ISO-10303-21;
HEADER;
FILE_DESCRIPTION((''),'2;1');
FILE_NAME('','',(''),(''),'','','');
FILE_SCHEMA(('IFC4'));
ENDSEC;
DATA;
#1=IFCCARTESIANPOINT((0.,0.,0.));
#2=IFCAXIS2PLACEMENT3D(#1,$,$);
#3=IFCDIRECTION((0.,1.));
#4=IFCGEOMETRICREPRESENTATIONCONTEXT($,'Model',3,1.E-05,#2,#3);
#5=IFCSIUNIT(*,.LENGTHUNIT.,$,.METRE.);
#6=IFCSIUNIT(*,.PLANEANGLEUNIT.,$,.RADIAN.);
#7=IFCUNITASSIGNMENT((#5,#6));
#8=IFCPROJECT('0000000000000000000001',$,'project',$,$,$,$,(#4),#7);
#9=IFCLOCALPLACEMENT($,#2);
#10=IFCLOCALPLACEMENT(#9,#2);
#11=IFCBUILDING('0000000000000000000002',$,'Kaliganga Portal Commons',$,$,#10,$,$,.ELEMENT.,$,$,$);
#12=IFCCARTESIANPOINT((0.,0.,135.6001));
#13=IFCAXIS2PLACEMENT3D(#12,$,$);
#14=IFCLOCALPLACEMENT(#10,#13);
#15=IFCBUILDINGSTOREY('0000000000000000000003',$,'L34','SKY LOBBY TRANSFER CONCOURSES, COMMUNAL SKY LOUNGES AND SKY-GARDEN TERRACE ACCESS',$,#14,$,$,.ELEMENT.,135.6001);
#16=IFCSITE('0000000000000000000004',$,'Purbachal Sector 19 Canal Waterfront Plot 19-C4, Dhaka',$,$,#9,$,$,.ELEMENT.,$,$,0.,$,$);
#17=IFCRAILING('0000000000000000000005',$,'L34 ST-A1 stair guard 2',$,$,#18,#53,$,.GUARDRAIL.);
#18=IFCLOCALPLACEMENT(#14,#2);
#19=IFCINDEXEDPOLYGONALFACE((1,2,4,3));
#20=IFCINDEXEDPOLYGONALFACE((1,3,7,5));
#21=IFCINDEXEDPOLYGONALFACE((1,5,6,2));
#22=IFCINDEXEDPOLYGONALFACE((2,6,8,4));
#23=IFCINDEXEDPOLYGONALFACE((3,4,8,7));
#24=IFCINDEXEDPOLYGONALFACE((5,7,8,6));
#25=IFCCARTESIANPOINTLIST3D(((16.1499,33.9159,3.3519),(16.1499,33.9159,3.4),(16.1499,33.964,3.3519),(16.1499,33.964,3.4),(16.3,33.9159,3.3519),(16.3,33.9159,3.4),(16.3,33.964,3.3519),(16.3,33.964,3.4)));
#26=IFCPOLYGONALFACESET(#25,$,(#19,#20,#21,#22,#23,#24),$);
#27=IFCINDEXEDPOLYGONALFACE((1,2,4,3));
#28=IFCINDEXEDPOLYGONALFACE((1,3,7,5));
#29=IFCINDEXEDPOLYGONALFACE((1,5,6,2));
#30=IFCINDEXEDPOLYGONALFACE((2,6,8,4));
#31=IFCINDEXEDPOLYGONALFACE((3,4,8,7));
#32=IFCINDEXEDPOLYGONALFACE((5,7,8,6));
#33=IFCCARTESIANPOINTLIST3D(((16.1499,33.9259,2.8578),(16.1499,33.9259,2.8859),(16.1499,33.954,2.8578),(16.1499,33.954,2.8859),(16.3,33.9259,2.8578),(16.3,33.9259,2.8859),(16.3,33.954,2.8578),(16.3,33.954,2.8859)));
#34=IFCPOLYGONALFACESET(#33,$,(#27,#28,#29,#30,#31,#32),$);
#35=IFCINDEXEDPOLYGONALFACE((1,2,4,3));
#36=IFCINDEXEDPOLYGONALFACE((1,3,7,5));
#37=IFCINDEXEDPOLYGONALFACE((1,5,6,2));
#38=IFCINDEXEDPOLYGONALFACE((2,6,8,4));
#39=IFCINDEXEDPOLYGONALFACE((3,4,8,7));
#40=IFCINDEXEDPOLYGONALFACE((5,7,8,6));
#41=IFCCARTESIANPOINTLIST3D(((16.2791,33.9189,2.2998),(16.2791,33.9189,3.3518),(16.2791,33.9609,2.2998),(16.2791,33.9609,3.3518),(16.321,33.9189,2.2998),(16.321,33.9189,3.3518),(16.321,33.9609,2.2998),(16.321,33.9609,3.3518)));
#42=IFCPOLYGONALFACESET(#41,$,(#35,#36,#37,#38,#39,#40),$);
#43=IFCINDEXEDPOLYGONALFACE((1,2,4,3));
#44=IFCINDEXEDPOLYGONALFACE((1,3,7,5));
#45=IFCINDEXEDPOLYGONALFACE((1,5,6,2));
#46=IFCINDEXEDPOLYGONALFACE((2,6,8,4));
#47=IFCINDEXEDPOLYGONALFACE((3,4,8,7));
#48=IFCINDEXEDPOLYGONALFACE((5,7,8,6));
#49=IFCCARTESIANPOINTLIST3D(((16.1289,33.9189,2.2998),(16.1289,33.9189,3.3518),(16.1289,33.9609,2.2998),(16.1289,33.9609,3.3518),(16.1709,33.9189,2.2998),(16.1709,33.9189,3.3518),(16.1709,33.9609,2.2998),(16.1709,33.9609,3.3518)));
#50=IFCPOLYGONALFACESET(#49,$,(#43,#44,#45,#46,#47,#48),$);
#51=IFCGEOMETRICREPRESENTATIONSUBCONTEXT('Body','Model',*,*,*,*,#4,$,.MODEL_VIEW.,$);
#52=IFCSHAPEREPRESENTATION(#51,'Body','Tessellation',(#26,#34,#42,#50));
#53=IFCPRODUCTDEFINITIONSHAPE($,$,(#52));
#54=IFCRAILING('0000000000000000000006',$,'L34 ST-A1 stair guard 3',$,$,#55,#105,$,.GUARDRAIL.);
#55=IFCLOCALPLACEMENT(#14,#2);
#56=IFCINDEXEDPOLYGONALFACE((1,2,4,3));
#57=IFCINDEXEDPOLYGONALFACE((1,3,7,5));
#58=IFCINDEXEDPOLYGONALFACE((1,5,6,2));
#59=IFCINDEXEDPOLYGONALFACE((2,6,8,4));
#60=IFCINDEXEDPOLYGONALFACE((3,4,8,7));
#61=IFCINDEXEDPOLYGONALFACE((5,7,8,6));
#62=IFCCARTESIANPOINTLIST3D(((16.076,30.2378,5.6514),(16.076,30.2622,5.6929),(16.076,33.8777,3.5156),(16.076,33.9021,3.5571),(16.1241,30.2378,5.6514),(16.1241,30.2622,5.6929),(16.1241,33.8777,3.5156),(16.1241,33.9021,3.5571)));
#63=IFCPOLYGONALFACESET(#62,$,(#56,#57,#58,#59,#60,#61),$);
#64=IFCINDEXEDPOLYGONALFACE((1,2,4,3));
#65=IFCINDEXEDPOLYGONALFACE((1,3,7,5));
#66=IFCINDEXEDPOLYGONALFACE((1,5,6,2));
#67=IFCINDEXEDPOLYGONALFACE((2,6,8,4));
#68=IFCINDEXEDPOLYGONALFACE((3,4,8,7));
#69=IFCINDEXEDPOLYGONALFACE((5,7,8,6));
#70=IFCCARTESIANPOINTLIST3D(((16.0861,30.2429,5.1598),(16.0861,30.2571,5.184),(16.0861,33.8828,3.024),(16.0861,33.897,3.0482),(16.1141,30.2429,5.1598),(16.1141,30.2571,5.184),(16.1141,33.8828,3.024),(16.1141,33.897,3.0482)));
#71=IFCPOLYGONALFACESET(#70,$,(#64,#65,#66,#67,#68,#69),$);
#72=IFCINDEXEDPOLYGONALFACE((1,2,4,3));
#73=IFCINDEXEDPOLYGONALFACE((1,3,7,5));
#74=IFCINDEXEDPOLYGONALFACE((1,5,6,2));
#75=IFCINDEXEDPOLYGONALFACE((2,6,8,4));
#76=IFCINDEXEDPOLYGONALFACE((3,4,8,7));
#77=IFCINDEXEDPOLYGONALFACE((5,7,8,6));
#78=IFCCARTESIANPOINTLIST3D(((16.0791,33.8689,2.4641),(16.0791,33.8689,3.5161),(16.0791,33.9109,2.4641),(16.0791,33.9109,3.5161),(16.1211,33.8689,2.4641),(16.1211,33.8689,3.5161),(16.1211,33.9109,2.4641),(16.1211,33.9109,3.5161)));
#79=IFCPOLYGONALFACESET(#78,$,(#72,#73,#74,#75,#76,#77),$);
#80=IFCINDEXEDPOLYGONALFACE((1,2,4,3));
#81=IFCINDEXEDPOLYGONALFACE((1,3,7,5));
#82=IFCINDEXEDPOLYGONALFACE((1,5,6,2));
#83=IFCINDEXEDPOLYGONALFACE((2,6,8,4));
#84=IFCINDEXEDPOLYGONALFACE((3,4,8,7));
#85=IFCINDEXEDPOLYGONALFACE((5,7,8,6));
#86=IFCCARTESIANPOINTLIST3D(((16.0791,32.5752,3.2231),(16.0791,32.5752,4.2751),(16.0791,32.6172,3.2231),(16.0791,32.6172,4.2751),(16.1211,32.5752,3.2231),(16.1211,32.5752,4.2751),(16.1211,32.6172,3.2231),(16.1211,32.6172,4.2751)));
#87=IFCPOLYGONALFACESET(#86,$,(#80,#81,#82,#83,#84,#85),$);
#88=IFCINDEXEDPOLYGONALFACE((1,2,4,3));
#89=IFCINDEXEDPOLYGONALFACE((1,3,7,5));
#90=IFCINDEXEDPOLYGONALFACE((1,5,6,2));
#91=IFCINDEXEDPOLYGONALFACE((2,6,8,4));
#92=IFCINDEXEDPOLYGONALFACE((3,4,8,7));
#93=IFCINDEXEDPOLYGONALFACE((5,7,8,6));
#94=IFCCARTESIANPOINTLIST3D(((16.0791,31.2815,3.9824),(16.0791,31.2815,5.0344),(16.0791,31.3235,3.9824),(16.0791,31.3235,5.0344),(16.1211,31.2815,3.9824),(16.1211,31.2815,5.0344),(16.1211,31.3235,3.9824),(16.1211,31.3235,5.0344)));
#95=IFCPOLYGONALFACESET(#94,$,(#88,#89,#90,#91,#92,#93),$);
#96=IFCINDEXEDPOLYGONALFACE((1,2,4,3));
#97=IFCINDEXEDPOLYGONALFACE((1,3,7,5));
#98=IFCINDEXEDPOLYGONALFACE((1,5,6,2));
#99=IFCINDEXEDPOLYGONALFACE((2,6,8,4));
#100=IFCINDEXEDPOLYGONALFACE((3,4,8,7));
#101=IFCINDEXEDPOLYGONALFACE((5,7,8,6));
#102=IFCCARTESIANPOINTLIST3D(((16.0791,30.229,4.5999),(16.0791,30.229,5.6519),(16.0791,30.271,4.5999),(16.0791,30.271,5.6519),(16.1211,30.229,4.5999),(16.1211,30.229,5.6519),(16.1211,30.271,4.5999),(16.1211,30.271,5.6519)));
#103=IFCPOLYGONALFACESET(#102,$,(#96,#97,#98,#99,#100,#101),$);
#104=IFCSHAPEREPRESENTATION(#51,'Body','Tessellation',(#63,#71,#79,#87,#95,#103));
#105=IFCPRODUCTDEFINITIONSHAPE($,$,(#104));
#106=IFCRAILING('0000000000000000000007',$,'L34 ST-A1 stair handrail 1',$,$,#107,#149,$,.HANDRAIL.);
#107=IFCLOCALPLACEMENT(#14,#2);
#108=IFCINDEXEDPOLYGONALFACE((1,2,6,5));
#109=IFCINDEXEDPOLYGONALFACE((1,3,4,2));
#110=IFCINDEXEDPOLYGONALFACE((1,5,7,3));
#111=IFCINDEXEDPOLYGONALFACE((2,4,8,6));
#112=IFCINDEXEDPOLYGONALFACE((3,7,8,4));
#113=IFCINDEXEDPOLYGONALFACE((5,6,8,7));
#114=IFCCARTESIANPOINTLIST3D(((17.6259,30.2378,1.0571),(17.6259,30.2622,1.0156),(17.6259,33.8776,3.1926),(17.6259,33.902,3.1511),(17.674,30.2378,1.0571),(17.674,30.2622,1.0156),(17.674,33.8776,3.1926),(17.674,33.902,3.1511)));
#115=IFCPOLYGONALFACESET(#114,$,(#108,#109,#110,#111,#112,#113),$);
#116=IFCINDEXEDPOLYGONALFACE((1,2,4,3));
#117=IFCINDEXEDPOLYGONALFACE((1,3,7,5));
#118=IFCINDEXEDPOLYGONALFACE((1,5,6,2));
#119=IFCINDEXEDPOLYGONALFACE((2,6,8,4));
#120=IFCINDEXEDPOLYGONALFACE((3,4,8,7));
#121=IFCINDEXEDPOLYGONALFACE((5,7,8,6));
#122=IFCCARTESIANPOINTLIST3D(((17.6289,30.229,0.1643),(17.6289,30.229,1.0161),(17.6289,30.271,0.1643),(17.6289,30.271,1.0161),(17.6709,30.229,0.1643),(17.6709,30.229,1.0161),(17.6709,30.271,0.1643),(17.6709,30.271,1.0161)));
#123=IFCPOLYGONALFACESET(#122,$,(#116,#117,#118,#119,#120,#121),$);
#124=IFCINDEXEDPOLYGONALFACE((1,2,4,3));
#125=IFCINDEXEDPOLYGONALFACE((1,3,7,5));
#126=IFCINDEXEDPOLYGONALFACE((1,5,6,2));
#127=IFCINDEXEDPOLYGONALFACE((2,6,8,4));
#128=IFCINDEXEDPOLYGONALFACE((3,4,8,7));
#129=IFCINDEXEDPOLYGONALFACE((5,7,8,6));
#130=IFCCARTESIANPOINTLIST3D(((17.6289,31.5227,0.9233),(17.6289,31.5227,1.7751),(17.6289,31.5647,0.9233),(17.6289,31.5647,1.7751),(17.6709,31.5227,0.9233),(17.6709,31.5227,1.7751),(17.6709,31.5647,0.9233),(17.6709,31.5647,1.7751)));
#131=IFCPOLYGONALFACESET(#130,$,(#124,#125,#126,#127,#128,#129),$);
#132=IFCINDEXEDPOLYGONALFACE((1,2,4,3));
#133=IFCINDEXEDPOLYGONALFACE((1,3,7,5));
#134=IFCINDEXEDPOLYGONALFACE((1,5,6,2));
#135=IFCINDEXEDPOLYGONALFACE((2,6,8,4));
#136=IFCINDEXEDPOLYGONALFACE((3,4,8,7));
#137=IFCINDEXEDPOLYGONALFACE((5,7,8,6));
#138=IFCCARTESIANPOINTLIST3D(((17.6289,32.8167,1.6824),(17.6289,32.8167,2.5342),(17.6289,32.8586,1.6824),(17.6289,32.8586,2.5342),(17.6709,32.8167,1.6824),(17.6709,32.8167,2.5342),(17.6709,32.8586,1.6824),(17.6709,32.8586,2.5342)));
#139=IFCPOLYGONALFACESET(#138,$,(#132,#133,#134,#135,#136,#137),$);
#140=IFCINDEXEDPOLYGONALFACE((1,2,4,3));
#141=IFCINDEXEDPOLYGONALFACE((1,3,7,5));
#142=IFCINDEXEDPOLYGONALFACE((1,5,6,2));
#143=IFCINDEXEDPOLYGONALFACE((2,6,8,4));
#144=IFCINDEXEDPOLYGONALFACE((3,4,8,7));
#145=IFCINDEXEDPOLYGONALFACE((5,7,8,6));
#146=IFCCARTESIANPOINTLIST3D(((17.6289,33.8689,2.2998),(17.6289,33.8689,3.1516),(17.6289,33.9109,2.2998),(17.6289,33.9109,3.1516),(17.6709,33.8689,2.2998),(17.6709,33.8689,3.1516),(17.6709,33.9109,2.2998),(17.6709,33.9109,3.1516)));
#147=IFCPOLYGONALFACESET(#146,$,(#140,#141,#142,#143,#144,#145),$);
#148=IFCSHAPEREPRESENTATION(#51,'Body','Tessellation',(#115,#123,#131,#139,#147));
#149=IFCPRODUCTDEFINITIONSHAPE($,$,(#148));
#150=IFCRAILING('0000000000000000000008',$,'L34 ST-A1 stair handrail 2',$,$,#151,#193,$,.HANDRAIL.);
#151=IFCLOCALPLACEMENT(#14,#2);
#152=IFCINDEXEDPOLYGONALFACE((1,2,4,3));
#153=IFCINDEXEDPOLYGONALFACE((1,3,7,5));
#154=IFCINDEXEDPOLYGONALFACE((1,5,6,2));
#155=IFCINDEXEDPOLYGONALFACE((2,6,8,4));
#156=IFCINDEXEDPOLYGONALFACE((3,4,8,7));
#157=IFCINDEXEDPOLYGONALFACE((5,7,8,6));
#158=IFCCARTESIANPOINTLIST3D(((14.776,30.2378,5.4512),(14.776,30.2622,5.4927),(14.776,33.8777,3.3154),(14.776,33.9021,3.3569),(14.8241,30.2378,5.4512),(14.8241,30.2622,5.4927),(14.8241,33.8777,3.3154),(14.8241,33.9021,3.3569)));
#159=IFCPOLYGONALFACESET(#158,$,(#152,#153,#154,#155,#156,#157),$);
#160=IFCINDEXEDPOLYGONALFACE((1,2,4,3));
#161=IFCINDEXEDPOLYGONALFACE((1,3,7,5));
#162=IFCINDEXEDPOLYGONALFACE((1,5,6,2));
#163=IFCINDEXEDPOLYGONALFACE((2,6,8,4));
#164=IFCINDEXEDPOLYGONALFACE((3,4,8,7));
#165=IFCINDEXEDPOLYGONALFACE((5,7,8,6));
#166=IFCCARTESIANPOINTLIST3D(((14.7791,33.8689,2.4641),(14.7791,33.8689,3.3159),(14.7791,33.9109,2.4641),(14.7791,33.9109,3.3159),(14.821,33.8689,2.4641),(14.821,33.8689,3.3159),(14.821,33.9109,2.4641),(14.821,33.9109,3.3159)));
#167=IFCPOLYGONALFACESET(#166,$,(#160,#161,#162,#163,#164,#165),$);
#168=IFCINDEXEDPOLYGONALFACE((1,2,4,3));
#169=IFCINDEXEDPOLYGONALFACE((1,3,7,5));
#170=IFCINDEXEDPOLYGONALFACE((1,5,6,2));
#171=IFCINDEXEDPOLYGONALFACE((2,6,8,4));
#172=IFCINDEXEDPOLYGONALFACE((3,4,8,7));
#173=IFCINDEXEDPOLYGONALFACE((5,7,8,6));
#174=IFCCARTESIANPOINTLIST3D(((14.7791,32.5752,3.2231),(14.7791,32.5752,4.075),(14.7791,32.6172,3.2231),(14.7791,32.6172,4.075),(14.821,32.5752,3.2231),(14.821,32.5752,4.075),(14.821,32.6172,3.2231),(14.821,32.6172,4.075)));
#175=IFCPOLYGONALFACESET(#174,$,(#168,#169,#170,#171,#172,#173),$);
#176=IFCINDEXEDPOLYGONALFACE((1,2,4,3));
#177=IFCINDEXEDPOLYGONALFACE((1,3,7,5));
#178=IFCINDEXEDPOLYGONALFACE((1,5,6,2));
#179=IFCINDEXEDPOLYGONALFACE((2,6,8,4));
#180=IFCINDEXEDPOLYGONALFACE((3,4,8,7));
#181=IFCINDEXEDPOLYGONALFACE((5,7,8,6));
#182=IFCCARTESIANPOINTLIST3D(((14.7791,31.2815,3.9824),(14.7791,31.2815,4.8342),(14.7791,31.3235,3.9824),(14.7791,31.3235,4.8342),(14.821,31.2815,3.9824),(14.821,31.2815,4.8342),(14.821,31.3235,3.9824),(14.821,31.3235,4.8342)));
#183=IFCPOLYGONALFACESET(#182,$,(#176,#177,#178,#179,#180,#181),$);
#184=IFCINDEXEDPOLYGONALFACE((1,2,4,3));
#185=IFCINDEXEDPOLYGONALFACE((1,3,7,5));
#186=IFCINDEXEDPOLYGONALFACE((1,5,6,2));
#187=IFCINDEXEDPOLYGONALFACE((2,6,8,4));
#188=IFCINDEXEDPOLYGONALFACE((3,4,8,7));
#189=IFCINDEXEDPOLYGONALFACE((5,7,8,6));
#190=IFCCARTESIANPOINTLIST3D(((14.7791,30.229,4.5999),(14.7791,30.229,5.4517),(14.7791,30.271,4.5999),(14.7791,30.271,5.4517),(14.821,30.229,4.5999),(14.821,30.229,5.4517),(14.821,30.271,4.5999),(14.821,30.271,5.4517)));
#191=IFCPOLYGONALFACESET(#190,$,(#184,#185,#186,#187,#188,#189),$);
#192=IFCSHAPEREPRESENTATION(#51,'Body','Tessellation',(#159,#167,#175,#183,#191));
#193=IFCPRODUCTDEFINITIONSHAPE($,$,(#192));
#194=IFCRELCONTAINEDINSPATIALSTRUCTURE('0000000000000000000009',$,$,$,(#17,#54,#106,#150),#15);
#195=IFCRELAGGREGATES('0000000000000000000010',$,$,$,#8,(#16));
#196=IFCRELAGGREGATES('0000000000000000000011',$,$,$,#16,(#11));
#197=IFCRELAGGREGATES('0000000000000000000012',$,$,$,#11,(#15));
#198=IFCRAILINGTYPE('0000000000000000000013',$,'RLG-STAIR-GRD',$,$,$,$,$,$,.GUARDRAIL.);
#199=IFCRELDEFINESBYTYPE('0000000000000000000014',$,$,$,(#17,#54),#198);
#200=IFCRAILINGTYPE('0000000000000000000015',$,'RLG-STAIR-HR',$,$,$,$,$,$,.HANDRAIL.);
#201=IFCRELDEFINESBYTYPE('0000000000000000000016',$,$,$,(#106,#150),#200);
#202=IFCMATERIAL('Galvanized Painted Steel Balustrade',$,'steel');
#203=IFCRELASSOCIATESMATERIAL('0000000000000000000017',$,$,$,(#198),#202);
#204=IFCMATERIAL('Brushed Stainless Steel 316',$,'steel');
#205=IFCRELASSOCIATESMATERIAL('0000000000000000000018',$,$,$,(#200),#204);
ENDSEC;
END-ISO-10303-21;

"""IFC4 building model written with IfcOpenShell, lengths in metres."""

from ifc_helpers import new_model, si_unit, direction, frame, origin, origin_2d, place, context, subcontext, project, spatial, rectangle, extrude, material, type_object, element, save


model = new_model("IFC4")

# Units and contexts
model_context = context("Model", 3, precision=1e-05, world=origin(), true_north=direction((0.0, 1.0)))
body_context = subcontext(model_context, "Body", "Model", "MODEL_VIEW")
ifc_project = project(units=[si_unit("LENGTHUNIT", "METRE"), si_unit("PLANEANGLEUNIT", "RADIAN")], contexts=[model_context])

# Site, building, storey
site_placement = place(None, origin())
site = spatial("IfcSite", under=ifc_project, at=site_placement, Name="Purbachal Sector 19 Canal Waterfront Plot 19-C4, Dhaka", CompositionType="ELEMENT", RefElevation=0.0)
building_placement = place(site_placement, origin())
building = spatial("IfcBuilding", under=site, at=building_placement, Name="Kaliganga Portal Commons", CompositionType="ELEMENT")
storey_placement = place(building_placement, frame((0.0, 0.0, 135.6001)))
storey = spatial("IfcBuildingStorey", under=building, at=storey_placement, Name="L34", Description="SKY LOBBY TRANSFER CONCOURSES, COMMUNAL SKY LOUNGES AND SKY-GARDEN TERRACE ACCESS", CompositionType="ELEMENT", Elevation=135.6001)

# Railings
ifc_material_1 = material(Name="Galvanized Painted Steel Balustrade", Category="steel")
railing_type_1 = type_object("IfcRailingType", Name="RLG-STAIR-GRD", PredefinedType="GUARDRAIL", material=ifc_material_1)
railing_1_placement = place(storey_placement, frame((16.3, 33.9399, 2.2998)))
element("IfcRailing", 1, at=railing_1_placement, inside=storey, type_object=railing_type_1, Name="L34 ST-A1 stair guard 2", PredefinedType="GUARDRAIL", context=body_context, shape_type="SweptSolid", body=[
    extrude(rectangle(XDim=0.0481, YDim=0.0481, at=origin_2d()), frame((0.0, 0.0, 1.0762), z_axis=(-1.0, 0.0, 0.0), x_axis=(0.0, -1.0, 0.0)), (0.0, 0.0, 1.0), 0.1501),
    extrude(rectangle(XDim=0.0281, YDim=0.0281, at=origin_2d()), frame((0.0, 0.0, 0.572), z_axis=(-1.0, 0.0, 0.0), x_axis=(0.0, -1.0, 0.0)), (0.0, 0.0, 1.0), 0.1501),
    extrude(rectangle(XDim=0.042, YDim=0.042, at=origin_2d()), origin(), (0.0, 0.0, 1.0), 1.052),
    extrude(rectangle(XDim=0.042, YDim=0.042, at=origin_2d()), frame((-0.1501, 0.0, 0.0)), (0.0, 0.0, 1.0), 1.052),
])
railing_2_placement = place(storey_placement, frame((16.1001, 33.8899, 2.4641)))
element("IfcRailing", 2, at=railing_2_placement, inside=storey, type_object=railing_type_1, Name="L34 ST-A1 stair guard 3", PredefinedType="GUARDRAIL", context=body_context, shape_type="SweptSolid", body=[
    extrude(rectangle(XDim=0.0481, YDim=0.0481, at=origin_2d()), frame((0.0, 0.0, 1.0723), z_axis=(0.0, -0.86249, 0.506074), x_axis=(1.0, 0.0, 0.0)), (0.0, 0.0, 1.0), 4.2202),
    extrude(rectangle(XDim=0.0281, YDim=0.0281, at=origin_2d()), frame((0.0, 0.0, 0.572), z_axis=(0.0, -0.86249, 0.506074), x_axis=(1.0, 0.0, 0.0)), (0.0, 0.0, 1.0), 4.2202),
    extrude(rectangle(XDim=0.042, YDim=0.042, at=origin_2d()), origin(), (0.0, 0.0, 1.0), 1.052),
    extrude(rectangle(XDim=0.042, YDim=0.042, at=origin_2d()), frame((0.0, -1.2937, 0.759)), (0.0, 0.0, 1.0), 1.052),
    extrude(rectangle(XDim=0.042, YDim=0.042, at=origin_2d()), frame((0.0, -2.5874, 1.5183)), (0.0, 0.0, 1.0), 1.052),
    extrude(rectangle(XDim=0.042, YDim=0.042, at=origin_2d()), frame((0.0, -3.6399, 2.1357)), (0.0, 0.0, 1.0), 1.052),
])
ifc_material_2 = material(Name="Brushed Stainless Steel 316", Category="steel")
railing_type_2 = type_object("IfcRailingType", Name="RLG-STAIR-HR", PredefinedType="HANDRAIL", material=ifc_material_2)
railing_3_placement = place(storey_placement, frame((17.6499, 30.25, 0.1643)))
element("IfcRailing", 3, at=railing_3_placement, inside=storey, type_object=railing_type_2, Name="L34 ST-A1 stair handrail 1", PredefinedType="HANDRAIL", context=body_context, shape_type="SweptSolid", body=[
    extrude(rectangle(XDim=0.0481, YDim=0.0481, at=origin_2d()), frame((0.0, 0.0, 0.8721), z_axis=(0.0, 0.862515, 0.506031), x_axis=(-1.0, 0.0, 0.0)), (0.0, 0.0, 1.0), 4.22),
    extrude(rectangle(XDim=0.042, YDim=0.042, at=origin_2d()), origin(), (0.0, 0.0, 1.0), 0.8518),
    extrude(rectangle(XDim=0.042, YDim=0.042, at=origin_2d()), frame((0.0, 1.2937, 0.759)), (0.0, 0.0, 1.0), 0.8518),
    extrude(rectangle(XDim=0.042, YDim=0.042, at=origin_2d()), frame((0.0, 2.5876, 1.5181)), (0.0, 0.0, 1.0), 0.8518),
    extrude(rectangle(XDim=0.042, YDim=0.042, at=origin_2d()), frame((0.0, 3.6399, 2.1355)), (0.0, 0.0, 1.0), 0.8518),
])
railing_4_placement = place(storey_placement, frame((14.8, 33.8899, 2.4641)))
element("IfcRailing", 4, at=railing_4_placement, inside=storey, type_object=railing_type_2, Name="L34 ST-A1 stair handrail 2", PredefinedType="HANDRAIL", context=body_context, shape_type="SweptSolid", body=[
    extrude(rectangle(XDim=0.0481, YDim=0.0481, at=origin_2d()), frame((0.0, 0.0, 0.8721), z_axis=(0.0, -0.86249, 0.506074), x_axis=(1.0, 0.0, 0.0)), (0.0, 0.0, 1.0), 4.2202),
    extrude(rectangle(XDim=0.042, YDim=0.042, at=origin_2d()), origin(), (0.0, 0.0, 1.0), 0.8518),
    extrude(rectangle(XDim=0.042, YDim=0.042, at=origin_2d()), frame((0.0, -1.2937, 0.759)), (0.0, 0.0, 1.0), 0.8518),
    extrude(rectangle(XDim=0.042, YDim=0.042, at=origin_2d()), frame((0.0, -2.5874, 1.5183)), (0.0, 0.0, 1.0), 0.8518),
    extrude(rectangle(XDim=0.042, YDim=0.042, at=origin_2d()), frame((0.0, -3.6399, 2.1357)), (0.0, 0.0, 1.0), 0.8518),
])

save(model, "model.ifc")
